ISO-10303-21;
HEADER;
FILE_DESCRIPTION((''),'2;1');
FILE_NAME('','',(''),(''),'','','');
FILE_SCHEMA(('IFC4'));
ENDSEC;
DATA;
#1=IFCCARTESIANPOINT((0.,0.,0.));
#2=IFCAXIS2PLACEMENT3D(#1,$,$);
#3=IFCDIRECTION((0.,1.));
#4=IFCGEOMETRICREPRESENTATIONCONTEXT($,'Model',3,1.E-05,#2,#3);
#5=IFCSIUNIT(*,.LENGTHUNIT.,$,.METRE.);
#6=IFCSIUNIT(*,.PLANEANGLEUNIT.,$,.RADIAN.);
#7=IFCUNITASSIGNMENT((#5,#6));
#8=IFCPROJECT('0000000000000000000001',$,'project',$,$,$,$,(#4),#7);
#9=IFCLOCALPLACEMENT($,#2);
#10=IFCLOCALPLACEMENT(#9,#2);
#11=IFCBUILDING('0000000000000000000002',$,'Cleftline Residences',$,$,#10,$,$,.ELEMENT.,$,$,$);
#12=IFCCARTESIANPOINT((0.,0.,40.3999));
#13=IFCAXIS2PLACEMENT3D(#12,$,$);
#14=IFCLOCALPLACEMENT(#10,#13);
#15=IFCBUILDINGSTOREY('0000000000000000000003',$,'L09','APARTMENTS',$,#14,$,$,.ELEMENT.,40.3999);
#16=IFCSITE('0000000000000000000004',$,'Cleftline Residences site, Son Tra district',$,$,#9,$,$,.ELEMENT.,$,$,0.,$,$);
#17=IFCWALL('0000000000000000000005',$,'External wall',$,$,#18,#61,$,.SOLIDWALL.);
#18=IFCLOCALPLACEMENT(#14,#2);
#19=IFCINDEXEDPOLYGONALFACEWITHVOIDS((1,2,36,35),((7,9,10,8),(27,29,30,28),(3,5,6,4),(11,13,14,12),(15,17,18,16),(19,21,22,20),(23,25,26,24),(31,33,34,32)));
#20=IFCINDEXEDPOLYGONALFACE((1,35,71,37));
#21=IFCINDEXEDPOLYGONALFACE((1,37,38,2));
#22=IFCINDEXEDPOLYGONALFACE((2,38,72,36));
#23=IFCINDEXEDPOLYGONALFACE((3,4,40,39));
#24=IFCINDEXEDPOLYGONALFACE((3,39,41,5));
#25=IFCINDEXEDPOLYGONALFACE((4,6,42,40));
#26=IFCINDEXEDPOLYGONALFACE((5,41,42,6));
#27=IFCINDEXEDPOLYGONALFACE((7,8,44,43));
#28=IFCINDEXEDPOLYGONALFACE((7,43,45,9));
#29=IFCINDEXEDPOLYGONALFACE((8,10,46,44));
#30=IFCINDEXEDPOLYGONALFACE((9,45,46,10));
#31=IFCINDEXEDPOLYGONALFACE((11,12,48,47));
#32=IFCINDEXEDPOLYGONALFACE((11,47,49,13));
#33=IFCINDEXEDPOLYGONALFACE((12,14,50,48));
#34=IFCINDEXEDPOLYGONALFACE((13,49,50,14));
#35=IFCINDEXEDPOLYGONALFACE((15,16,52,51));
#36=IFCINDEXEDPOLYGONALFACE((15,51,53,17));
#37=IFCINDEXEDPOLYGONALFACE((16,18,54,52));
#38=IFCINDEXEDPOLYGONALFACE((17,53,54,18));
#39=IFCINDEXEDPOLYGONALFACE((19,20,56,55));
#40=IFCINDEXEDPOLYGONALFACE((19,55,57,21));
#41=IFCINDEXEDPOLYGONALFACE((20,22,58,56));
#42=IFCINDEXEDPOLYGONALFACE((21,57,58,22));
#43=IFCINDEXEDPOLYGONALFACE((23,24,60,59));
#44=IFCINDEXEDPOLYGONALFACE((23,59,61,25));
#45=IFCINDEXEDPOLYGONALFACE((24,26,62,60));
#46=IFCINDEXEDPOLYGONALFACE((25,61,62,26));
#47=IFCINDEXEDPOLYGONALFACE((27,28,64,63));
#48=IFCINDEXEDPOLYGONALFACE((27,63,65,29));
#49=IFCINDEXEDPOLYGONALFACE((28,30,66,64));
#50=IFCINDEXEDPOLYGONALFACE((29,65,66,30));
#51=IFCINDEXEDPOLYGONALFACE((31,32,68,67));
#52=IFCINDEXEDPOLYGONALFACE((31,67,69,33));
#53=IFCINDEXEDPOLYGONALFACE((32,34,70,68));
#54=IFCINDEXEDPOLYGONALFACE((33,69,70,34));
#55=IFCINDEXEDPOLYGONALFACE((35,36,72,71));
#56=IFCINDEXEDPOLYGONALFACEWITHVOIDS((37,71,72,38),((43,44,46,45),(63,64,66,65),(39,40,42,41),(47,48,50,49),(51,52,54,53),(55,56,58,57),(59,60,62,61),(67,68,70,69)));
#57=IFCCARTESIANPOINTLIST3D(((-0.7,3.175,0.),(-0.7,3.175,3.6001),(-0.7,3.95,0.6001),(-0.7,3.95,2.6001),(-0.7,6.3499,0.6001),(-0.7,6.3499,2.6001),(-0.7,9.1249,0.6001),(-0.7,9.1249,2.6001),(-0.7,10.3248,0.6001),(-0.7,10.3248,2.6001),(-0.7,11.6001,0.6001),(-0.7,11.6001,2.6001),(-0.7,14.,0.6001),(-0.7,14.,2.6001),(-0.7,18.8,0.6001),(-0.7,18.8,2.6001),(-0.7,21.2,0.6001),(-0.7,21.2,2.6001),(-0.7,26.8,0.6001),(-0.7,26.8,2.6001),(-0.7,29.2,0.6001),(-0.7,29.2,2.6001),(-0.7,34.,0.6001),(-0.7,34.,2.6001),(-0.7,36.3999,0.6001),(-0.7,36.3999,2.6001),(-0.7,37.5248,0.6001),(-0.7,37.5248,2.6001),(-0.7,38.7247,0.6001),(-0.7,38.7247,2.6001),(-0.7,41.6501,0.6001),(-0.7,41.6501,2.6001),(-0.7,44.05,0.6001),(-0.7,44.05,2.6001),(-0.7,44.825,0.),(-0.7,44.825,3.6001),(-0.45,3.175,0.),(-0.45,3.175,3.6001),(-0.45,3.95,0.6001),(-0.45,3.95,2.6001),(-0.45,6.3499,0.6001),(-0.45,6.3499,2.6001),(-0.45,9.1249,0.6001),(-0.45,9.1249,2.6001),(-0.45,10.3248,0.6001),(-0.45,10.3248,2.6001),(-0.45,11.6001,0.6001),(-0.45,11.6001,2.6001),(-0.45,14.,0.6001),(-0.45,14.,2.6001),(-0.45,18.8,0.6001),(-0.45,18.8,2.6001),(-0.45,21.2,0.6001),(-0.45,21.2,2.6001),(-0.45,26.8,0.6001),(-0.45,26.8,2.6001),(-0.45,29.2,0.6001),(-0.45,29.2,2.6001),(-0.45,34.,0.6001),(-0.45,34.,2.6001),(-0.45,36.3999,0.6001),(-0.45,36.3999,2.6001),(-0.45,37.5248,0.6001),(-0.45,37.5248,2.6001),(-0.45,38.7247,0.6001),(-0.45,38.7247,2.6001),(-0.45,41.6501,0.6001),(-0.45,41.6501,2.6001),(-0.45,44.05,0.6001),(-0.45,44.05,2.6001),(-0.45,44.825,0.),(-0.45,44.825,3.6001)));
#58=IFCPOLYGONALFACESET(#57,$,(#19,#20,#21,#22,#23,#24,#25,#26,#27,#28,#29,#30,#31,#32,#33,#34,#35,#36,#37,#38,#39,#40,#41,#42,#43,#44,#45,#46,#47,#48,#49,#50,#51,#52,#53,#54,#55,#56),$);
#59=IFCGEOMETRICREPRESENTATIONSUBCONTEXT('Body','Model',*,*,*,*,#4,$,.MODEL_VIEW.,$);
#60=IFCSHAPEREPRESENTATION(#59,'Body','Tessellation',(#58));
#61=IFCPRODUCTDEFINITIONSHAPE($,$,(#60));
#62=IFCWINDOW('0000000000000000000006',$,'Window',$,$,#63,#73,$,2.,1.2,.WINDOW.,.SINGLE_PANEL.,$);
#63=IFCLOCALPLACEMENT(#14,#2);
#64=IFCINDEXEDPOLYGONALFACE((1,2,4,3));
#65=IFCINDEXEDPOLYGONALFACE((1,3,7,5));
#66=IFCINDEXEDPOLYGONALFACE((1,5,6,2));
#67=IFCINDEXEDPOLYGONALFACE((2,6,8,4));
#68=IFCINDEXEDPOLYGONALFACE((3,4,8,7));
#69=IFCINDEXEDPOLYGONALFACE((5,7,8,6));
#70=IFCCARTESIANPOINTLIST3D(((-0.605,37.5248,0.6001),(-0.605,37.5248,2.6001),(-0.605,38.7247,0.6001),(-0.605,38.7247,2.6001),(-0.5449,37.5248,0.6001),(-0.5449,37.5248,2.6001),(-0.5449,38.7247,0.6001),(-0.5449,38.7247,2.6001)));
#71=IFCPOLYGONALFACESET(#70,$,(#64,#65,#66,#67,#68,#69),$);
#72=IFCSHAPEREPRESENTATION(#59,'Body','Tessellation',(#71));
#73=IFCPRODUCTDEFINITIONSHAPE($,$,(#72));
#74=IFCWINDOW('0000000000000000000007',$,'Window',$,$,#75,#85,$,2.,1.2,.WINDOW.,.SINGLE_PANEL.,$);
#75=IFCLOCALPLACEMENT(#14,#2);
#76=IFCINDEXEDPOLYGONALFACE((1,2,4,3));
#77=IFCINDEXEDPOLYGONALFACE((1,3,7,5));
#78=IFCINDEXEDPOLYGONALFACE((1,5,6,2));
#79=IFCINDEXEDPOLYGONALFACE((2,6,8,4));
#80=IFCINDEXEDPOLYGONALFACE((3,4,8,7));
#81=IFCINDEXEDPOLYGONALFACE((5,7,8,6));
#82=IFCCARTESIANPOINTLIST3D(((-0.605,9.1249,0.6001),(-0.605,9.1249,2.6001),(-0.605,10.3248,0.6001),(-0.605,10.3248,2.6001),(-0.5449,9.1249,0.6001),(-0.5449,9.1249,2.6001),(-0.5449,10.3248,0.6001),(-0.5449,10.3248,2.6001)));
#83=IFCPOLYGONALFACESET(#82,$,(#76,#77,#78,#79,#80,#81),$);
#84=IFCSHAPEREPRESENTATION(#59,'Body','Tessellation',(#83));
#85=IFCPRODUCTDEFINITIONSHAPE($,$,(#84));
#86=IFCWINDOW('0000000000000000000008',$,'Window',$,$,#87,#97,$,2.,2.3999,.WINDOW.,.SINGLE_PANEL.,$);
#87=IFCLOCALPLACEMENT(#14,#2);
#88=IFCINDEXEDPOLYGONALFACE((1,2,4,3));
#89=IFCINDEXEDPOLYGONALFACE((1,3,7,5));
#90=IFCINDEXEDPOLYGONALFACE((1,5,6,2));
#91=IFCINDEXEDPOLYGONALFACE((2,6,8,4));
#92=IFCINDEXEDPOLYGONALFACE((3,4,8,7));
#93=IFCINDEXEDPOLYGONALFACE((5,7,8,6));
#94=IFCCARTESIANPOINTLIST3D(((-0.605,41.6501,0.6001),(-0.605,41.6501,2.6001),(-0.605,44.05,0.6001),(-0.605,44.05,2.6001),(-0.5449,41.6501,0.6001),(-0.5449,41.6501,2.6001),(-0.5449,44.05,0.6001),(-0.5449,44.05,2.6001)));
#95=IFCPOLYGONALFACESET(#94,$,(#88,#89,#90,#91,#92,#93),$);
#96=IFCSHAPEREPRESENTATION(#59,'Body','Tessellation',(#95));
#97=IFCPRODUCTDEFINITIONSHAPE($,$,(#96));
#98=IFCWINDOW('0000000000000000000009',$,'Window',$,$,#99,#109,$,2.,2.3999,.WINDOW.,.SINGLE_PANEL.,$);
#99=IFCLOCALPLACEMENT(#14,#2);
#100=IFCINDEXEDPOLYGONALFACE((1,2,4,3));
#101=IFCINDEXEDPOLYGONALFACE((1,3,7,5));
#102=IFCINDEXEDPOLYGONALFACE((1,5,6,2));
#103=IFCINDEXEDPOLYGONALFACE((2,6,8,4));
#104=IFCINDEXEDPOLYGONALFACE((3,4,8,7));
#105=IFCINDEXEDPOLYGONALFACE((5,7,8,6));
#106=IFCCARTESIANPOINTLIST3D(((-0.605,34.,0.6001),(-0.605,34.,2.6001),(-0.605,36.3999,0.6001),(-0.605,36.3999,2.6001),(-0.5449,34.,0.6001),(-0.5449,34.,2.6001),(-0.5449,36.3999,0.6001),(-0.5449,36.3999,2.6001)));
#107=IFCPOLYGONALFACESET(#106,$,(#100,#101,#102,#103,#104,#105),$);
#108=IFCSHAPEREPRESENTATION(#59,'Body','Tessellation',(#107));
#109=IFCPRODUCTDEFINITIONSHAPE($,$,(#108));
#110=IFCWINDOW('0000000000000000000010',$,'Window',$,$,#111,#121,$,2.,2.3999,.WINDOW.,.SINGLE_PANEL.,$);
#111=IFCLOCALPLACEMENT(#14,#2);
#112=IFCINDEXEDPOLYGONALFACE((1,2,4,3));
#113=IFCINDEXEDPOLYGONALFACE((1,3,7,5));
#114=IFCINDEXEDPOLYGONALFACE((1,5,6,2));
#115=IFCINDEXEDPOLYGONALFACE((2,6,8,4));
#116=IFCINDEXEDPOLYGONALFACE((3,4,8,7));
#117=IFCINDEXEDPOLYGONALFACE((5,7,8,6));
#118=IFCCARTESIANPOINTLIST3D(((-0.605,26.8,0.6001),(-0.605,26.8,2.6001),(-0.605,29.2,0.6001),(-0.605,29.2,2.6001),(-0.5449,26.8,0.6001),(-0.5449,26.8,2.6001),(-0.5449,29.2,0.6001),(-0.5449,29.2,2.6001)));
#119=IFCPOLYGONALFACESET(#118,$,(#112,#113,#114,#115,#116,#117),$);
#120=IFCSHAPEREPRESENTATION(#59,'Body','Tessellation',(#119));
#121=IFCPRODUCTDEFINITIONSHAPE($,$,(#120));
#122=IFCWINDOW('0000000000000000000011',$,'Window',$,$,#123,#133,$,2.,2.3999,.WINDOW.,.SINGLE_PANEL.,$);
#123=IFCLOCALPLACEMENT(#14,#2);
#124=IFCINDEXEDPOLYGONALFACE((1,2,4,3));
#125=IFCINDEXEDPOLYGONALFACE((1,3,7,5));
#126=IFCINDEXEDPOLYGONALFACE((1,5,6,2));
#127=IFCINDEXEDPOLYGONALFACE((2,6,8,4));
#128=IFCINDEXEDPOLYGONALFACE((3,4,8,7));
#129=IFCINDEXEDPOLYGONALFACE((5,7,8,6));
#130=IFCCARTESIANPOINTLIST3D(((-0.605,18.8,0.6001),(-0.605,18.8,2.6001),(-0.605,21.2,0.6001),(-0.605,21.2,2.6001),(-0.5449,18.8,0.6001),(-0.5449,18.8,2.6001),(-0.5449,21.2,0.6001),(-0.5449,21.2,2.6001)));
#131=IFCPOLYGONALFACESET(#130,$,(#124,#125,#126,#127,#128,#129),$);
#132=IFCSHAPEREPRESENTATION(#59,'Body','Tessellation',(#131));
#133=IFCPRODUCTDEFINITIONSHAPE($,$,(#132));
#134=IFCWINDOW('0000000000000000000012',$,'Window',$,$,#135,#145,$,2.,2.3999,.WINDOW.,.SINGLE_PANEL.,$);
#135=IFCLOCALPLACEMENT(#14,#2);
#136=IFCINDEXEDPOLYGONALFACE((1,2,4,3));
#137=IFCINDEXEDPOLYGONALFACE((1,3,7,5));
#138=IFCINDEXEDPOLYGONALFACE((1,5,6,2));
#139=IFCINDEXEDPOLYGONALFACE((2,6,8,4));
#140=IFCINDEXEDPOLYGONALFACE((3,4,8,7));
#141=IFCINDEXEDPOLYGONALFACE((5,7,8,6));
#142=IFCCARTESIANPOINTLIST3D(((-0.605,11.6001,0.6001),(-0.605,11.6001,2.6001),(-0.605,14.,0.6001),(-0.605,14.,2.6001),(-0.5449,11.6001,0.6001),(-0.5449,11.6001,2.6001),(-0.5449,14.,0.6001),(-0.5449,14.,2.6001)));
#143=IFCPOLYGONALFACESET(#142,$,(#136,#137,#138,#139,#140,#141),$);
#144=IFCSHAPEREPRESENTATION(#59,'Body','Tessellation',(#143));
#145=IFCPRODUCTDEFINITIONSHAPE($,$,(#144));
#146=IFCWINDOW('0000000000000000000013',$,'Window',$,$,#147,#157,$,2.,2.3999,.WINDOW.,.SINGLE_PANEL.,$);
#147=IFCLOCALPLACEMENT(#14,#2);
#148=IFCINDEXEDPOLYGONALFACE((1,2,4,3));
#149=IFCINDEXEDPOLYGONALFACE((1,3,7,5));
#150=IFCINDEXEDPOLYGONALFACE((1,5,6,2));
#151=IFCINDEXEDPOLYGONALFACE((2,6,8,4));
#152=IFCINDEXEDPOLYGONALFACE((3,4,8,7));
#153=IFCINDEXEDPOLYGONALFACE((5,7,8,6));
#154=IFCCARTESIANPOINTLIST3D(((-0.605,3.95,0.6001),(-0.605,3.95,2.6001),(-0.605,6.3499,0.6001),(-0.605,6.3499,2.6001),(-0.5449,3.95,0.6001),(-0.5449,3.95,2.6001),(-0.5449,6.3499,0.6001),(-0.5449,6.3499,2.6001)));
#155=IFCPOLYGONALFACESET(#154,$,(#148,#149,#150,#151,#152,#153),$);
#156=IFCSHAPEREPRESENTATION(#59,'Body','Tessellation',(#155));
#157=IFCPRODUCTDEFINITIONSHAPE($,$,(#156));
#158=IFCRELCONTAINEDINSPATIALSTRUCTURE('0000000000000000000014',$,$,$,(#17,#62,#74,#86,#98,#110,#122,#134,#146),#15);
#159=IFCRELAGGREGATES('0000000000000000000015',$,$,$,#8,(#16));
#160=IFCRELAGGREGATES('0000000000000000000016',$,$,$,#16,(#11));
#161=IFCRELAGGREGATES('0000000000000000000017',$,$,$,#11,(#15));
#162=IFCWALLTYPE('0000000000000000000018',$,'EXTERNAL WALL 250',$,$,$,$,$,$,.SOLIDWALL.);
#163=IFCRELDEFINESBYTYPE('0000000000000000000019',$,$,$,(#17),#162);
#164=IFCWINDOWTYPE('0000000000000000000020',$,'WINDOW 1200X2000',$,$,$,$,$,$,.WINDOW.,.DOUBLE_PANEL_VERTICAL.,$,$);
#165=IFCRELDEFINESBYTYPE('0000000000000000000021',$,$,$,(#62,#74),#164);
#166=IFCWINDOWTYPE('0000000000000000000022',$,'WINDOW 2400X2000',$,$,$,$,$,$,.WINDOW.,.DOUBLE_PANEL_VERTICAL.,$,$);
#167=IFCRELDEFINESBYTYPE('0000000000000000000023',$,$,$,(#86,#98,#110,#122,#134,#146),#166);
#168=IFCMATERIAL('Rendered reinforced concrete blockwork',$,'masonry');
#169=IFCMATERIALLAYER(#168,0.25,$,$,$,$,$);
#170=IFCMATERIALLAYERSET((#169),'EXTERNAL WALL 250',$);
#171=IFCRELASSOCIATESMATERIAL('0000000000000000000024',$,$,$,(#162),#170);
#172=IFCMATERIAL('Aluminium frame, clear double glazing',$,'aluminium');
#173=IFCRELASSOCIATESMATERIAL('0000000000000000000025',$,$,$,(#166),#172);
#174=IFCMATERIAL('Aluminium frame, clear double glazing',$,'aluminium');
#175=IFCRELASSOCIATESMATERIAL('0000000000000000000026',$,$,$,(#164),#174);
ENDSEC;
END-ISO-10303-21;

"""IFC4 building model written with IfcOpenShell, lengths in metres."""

from ifc_helpers import new_model, si_unit, direction, frame, frame_2d, origin, place, context, subcontext, project, spatial, rectangle, extrude, material, layer, layer_set, type_object, element, fill, save


model = new_model("IFC4")

# Units and contexts
model_context = context("Model", 3, precision=1e-05, world=origin(), true_north=direction((0.0, 1.0)))
body_context = subcontext(model_context, "Body", "Model", "MODEL_VIEW")
ifc_project = project(units=[si_unit("LENGTHUNIT", "METRE"), si_unit("PLANEANGLEUNIT", "RADIAN")], contexts=[model_context])

# Site, building, storey
site_placement = place(None, origin())
site = spatial("IfcSite", under=ifc_project, at=site_placement, Name="Cleftline Residences site, Son Tra district", CompositionType="ELEMENT", RefElevation=0.0)
building_placement = place(site_placement, origin())
building = spatial("IfcBuilding", under=site, at=building_placement, Name="Cleftline Residences", CompositionType="ELEMENT")
storey_placement = place(building_placement, frame((0.0, 0.0, 40.3999)))
storey = spatial("IfcBuildingStorey", under=building, at=storey_placement, Name="L09", Description="APARTMENTS", CompositionType="ELEMENT", Elevation=40.3999)

# Shared definitions
ifc_material_1 = material(Name="Rendered reinforced concrete blockwork", Category="masonry")
ifc_layer_1 = layer(ifc_material_1, 0.25)
ifc_layer_set_1 = layer_set([ifc_layer_1], Name="EXTERNAL WALL 250")
wall_type_1 = type_object("IfcWallType", Name="EXTERNAL WALL 250", PredefinedType="SOLIDWALL", material=ifc_layer_set_1)
ifc_material_2 = material(Name="Aluminium frame, clear double glazing", Category="aluminium")
window_type_1 = type_object("IfcWindowType", Name="WINDOW 2400X2000", PartitioningType="DOUBLE_PANEL_VERTICAL", PredefinedType="WINDOW", material=ifc_material_2)

# Wall, openings, windows
wall_1_placement = place(storey_placement, frame((-0.575, 44.825, 0.0), z_axis=(0.0, 0.0, 1.0), x_axis=(0.0, -1.0, 0.0)))
wall_1 = element("IfcWall", 1, at=wall_1_placement, inside=storey, type_object=wall_type_1, Name="External wall", PredefinedType="SOLIDWALL", context=body_context, shape_type="SweptSolid", body=[
    extrude(rectangle(XDim=41.6499, YDim=0.25, at=frame_2d((20.825, 0.0))), origin(), (0.0, 0.0, 1.0), 3.6001),
])
opening_1_placement = place(wall_1_placement, frame((0.7749, 0.0, 0.6001)))
opening_1 = element("IfcOpeningElement", 2, at=opening_1_placement, cuts=wall_1, PredefinedType="OPENING", context=body_context, shape_type="SweptSolid", body=[
    extrude(rectangle(XDim=2.3999, YDim=2.0, at=frame_2d((1.2, 1.0))), frame((0.0, 0.135, 0.0), z_axis=(0.0, -1.0, 0.0), x_axis=(1.0, 0.0, 0.0)), (0.0, 0.0, 1.0), 0.27),
])
opening_2_placement = place(wall_1_placement, frame((6.1001, 0.0, 0.6001)))
opening_2 = element("IfcOpeningElement", 3, at=opening_2_placement, cuts=wall_1, PredefinedType="OPENING", context=body_context, shape_type="SweptSolid", body=[
    extrude(rectangle(XDim=1.2, YDim=2.0, at=frame_2d((0.6001, 1.0))), frame((0.0, 0.135, 0.0), z_axis=(0.0, -1.0, 0.0), x_axis=(1.0, 0.0, 0.0)), (0.0, 0.0, 1.0), 0.27),
])
opening_3_placement = place(wall_1_placement, frame((8.425, 0.0, 0.6001)))
opening_3 = element("IfcOpeningElement", 4, at=opening_3_placement, cuts=wall_1, PredefinedType="OPENING", context=body_context, shape_type="SweptSolid", body=[
    extrude(rectangle(XDim=2.3999, YDim=2.0, at=frame_2d((1.2, 1.0))), frame((0.0, 0.135, 0.0), z_axis=(0.0, -1.0, 0.0), x_axis=(1.0, 0.0, 0.0)), (0.0, 0.0, 1.0), 0.27),
])
opening_4_placement = place(wall_1_placement, frame((15.625, 0.0, 0.6001)))
opening_4 = element("IfcOpeningElement", 5, at=opening_4_placement, cuts=wall_1, PredefinedType="OPENING", context=body_context, shape_type="SweptSolid", body=[
    extrude(rectangle(XDim=2.3999, YDim=2.0, at=frame_2d((1.2, 1.0))), frame((0.0, 0.135, 0.0), z_axis=(0.0, -1.0, 0.0), x_axis=(1.0, 0.0, 0.0)), (0.0, 0.0, 1.0), 0.27),
])
opening_5_placement = place(wall_1_placement, frame((23.625, 0.0, 0.6001)))
opening_5 = element("IfcOpeningElement", 6, at=opening_5_placement, cuts=wall_1, PredefinedType="OPENING", context=body_context, shape_type="SweptSolid", body=[
    extrude(rectangle(XDim=2.3999, YDim=2.0, at=frame_2d((1.2, 1.0))), frame((0.0, 0.135, 0.0), z_axis=(0.0, -1.0, 0.0), x_axis=(1.0, 0.0, 0.0)), (0.0, 0.0, 1.0), 0.27),
])
opening_6_placement = place(wall_1_placement, frame((30.825, 0.0, 0.6001)))
opening_6 = element("IfcOpeningElement", 7, at=opening_6_placement, cuts=wall_1, PredefinedType="OPENING", context=body_context, shape_type="SweptSolid", body=[
    extrude(rectangle(XDim=2.3999, YDim=2.0, at=frame_2d((1.2, 1.0))), frame((0.0, 0.135, 0.0), z_axis=(0.0, -1.0, 0.0), x_axis=(1.0, 0.0, 0.0)), (0.0, 0.0, 1.0), 0.27),
])
opening_7_placement = place(wall_1_placement, frame((34.5, 0.0, 0.6001)))
opening_7 = element("IfcOpeningElement", 8, at=opening_7_placement, cuts=wall_1, PredefinedType="OPENING", context=body_context, shape_type="SweptSolid", body=[
    extrude(rectangle(XDim=1.2, YDim=2.0, at=frame_2d((0.6001, 1.0))), frame((0.0, 0.135, 0.0), z_axis=(0.0, -1.0, 0.0), x_axis=(1.0, 0.0, 0.0)), (0.0, 0.0, 1.0), 0.27),
])
opening_8_placement = place(wall_1_placement, frame((38.4751, 0.0, 0.6001)))
opening_8 = element("IfcOpeningElement", 9, at=opening_8_placement, cuts=wall_1, PredefinedType="OPENING", context=body_context, shape_type="SweptSolid", body=[
    extrude(rectangle(XDim=2.3999, YDim=2.0, at=frame_2d((1.2, 1.0))), frame((0.0, 0.135, 0.0), z_axis=(0.0, -1.0, 0.0), x_axis=(1.0, 0.0, 0.0)), (0.0, 0.0, 1.0), 0.27),
])
ifc_material_3 = material(Name="Aluminium frame, clear double glazing", Category="aluminium")
window_type_2 = type_object("IfcWindowType", Name="WINDOW 1200X2000", PartitioningType="DOUBLE_PANEL_VERTICAL", PredefinedType="WINDOW", material=ifc_material_3)
window_1_placement = place(opening_2_placement, origin())
window_1 = element("IfcWindow", 10, at=window_1_placement, inside=storey, type_object=window_type_2, Name="Window", OverallHeight=2.0, OverallWidth=1.2, PartitioningType="SINGLE_PANEL", PredefinedType="WINDOW", context=body_context, shape_type="SweptSolid", body=[
    extrude(rectangle(XDim=1.2, YDim=2.0, at=frame_2d((0.6001, 1.0))), frame((0.0, 0.03, 0.0), z_axis=(0.0, -1.0, 0.0), x_axis=(1.0, 0.0, 0.0)), (0.0, 0.0, 1.0), 0.0601),
])
fill(opening_2, window_1)
window_2_placement = place(opening_7_placement, origin())
window_2 = element("IfcWindow", 11, at=window_2_placement, inside=storey, type_object=window_type_2, Name="Window", OverallHeight=2.0, OverallWidth=1.2, PartitioningType="SINGLE_PANEL", PredefinedType="WINDOW", context=body_context, shape_type="SweptSolid", body=[
    extrude(rectangle(XDim=1.2, YDim=2.0, at=frame_2d((0.6001, 1.0))), frame((0.0, 0.03, 0.0), z_axis=(0.0, -1.0, 0.0), x_axis=(1.0, 0.0, 0.0)), (0.0, 0.0, 1.0), 0.0601),
])
fill(opening_7, window_2)
window_3_placement = place(opening_1_placement, origin())
window_3 = element("IfcWindow", 12, at=window_3_placement, inside=storey, type_object=window_type_1, Name="Window", OverallHeight=2.0, OverallWidth=2.3999, PartitioningType="SINGLE_PANEL", PredefinedType="WINDOW", context=body_context, shape_type="SweptSolid", body=[
    extrude(rectangle(XDim=2.3999, YDim=2.0, at=frame_2d((1.2, 1.0))), frame((0.0, 0.03, 0.0), z_axis=(0.0, -1.0, 0.0), x_axis=(1.0, 0.0, 0.0)), (0.0, 0.0, 1.0), 0.0601),
])
fill(opening_1, window_3)
window_4_placement = place(opening_3_placement, origin())
window_4 = element("IfcWindow", 13, at=window_4_placement, inside=storey, type_object=window_type_1, Name="Window", OverallHeight=2.0, OverallWidth=2.3999, PartitioningType="SINGLE_PANEL", PredefinedType="WINDOW", context=body_context, shape_type="SweptSolid", body=[
    extrude(rectangle(XDim=2.3999, YDim=2.0, at=frame_2d((1.2, 1.0))), frame((0.0, 0.03, 0.0), z_axis=(0.0, -1.0, 0.0), x_axis=(1.0, 0.0, 0.0)), (0.0, 0.0, 1.0), 0.0601),
])
fill(opening_3, window_4)
window_5_placement = place(opening_4_placement, origin())
window_5 = element("IfcWindow", 14, at=window_5_placement, inside=storey, type_object=window_type_1, Name="Window", OverallHeight=2.0, OverallWidth=2.3999, PartitioningType="SINGLE_PANEL", PredefinedType="WINDOW", context=body_context, shape_type="SweptSolid", body=[
    extrude(rectangle(XDim=2.3999, YDim=2.0, at=frame_2d((1.2, 1.0))), frame((0.0, 0.03, 0.0), z_axis=(0.0, -1.0, 0.0), x_axis=(1.0, 0.0, 0.0)), (0.0, 0.0, 1.0), 0.0601),
])
fill(opening_4, window_5)
window_6_placement = place(opening_5_placement, origin())
window_6 = element("IfcWindow", 15, at=window_6_placement, inside=storey, type_object=window_type_1, Name="Window", OverallHeight=2.0, OverallWidth=2.3999, PartitioningType="SINGLE_PANEL", PredefinedType="WINDOW", context=body_context, shape_type="SweptSolid", body=[
    extrude(rectangle(XDim=2.3999, YDim=2.0, at=frame_2d((1.2, 1.0))), frame((0.0, 0.03, 0.0), z_axis=(0.0, -1.0, 0.0), x_axis=(1.0, 0.0, 0.0)), (0.0, 0.0, 1.0), 0.0601),
])
fill(opening_5, window_6)
window_7_placement = place(opening_6_placement, origin())
window_7 = element("IfcWindow", 16, at=window_7_placement, inside=storey, type_object=window_type_1, Name="Window", OverallHeight=2.0, OverallWidth=2.3999, PartitioningType="SINGLE_PANEL", PredefinedType="WINDOW", context=body_context, shape_type="SweptSolid", body=[
    extrude(rectangle(XDim=2.3999, YDim=2.0, at=frame_2d((1.2, 1.0))), frame((0.0, 0.03, 0.0), z_axis=(0.0, -1.0, 0.0), x_axis=(1.0, 0.0, 0.0)), (0.0, 0.0, 1.0), 0.0601),
])
fill(opening_6, window_7)
window_8_placement = place(opening_8_placement, origin())
window_8 = element("IfcWindow", 17, at=window_8_placement, inside=storey, type_object=window_type_1, Name="Window", OverallHeight=2.0, OverallWidth=2.3999, PartitioningType="SINGLE_PANEL", PredefinedType="WINDOW", context=body_context, shape_type="SweptSolid", body=[
    extrude(rectangle(XDim=2.3999, YDim=2.0, at=frame_2d((1.2, 1.0))), frame((0.0, 0.03, 0.0), z_axis=(0.0, -1.0, 0.0), x_axis=(1.0, 0.0, 0.0)), (0.0, 0.0, 1.0), 0.0601),
])
fill(opening_8, window_8)

save(model, "model.ifc")
